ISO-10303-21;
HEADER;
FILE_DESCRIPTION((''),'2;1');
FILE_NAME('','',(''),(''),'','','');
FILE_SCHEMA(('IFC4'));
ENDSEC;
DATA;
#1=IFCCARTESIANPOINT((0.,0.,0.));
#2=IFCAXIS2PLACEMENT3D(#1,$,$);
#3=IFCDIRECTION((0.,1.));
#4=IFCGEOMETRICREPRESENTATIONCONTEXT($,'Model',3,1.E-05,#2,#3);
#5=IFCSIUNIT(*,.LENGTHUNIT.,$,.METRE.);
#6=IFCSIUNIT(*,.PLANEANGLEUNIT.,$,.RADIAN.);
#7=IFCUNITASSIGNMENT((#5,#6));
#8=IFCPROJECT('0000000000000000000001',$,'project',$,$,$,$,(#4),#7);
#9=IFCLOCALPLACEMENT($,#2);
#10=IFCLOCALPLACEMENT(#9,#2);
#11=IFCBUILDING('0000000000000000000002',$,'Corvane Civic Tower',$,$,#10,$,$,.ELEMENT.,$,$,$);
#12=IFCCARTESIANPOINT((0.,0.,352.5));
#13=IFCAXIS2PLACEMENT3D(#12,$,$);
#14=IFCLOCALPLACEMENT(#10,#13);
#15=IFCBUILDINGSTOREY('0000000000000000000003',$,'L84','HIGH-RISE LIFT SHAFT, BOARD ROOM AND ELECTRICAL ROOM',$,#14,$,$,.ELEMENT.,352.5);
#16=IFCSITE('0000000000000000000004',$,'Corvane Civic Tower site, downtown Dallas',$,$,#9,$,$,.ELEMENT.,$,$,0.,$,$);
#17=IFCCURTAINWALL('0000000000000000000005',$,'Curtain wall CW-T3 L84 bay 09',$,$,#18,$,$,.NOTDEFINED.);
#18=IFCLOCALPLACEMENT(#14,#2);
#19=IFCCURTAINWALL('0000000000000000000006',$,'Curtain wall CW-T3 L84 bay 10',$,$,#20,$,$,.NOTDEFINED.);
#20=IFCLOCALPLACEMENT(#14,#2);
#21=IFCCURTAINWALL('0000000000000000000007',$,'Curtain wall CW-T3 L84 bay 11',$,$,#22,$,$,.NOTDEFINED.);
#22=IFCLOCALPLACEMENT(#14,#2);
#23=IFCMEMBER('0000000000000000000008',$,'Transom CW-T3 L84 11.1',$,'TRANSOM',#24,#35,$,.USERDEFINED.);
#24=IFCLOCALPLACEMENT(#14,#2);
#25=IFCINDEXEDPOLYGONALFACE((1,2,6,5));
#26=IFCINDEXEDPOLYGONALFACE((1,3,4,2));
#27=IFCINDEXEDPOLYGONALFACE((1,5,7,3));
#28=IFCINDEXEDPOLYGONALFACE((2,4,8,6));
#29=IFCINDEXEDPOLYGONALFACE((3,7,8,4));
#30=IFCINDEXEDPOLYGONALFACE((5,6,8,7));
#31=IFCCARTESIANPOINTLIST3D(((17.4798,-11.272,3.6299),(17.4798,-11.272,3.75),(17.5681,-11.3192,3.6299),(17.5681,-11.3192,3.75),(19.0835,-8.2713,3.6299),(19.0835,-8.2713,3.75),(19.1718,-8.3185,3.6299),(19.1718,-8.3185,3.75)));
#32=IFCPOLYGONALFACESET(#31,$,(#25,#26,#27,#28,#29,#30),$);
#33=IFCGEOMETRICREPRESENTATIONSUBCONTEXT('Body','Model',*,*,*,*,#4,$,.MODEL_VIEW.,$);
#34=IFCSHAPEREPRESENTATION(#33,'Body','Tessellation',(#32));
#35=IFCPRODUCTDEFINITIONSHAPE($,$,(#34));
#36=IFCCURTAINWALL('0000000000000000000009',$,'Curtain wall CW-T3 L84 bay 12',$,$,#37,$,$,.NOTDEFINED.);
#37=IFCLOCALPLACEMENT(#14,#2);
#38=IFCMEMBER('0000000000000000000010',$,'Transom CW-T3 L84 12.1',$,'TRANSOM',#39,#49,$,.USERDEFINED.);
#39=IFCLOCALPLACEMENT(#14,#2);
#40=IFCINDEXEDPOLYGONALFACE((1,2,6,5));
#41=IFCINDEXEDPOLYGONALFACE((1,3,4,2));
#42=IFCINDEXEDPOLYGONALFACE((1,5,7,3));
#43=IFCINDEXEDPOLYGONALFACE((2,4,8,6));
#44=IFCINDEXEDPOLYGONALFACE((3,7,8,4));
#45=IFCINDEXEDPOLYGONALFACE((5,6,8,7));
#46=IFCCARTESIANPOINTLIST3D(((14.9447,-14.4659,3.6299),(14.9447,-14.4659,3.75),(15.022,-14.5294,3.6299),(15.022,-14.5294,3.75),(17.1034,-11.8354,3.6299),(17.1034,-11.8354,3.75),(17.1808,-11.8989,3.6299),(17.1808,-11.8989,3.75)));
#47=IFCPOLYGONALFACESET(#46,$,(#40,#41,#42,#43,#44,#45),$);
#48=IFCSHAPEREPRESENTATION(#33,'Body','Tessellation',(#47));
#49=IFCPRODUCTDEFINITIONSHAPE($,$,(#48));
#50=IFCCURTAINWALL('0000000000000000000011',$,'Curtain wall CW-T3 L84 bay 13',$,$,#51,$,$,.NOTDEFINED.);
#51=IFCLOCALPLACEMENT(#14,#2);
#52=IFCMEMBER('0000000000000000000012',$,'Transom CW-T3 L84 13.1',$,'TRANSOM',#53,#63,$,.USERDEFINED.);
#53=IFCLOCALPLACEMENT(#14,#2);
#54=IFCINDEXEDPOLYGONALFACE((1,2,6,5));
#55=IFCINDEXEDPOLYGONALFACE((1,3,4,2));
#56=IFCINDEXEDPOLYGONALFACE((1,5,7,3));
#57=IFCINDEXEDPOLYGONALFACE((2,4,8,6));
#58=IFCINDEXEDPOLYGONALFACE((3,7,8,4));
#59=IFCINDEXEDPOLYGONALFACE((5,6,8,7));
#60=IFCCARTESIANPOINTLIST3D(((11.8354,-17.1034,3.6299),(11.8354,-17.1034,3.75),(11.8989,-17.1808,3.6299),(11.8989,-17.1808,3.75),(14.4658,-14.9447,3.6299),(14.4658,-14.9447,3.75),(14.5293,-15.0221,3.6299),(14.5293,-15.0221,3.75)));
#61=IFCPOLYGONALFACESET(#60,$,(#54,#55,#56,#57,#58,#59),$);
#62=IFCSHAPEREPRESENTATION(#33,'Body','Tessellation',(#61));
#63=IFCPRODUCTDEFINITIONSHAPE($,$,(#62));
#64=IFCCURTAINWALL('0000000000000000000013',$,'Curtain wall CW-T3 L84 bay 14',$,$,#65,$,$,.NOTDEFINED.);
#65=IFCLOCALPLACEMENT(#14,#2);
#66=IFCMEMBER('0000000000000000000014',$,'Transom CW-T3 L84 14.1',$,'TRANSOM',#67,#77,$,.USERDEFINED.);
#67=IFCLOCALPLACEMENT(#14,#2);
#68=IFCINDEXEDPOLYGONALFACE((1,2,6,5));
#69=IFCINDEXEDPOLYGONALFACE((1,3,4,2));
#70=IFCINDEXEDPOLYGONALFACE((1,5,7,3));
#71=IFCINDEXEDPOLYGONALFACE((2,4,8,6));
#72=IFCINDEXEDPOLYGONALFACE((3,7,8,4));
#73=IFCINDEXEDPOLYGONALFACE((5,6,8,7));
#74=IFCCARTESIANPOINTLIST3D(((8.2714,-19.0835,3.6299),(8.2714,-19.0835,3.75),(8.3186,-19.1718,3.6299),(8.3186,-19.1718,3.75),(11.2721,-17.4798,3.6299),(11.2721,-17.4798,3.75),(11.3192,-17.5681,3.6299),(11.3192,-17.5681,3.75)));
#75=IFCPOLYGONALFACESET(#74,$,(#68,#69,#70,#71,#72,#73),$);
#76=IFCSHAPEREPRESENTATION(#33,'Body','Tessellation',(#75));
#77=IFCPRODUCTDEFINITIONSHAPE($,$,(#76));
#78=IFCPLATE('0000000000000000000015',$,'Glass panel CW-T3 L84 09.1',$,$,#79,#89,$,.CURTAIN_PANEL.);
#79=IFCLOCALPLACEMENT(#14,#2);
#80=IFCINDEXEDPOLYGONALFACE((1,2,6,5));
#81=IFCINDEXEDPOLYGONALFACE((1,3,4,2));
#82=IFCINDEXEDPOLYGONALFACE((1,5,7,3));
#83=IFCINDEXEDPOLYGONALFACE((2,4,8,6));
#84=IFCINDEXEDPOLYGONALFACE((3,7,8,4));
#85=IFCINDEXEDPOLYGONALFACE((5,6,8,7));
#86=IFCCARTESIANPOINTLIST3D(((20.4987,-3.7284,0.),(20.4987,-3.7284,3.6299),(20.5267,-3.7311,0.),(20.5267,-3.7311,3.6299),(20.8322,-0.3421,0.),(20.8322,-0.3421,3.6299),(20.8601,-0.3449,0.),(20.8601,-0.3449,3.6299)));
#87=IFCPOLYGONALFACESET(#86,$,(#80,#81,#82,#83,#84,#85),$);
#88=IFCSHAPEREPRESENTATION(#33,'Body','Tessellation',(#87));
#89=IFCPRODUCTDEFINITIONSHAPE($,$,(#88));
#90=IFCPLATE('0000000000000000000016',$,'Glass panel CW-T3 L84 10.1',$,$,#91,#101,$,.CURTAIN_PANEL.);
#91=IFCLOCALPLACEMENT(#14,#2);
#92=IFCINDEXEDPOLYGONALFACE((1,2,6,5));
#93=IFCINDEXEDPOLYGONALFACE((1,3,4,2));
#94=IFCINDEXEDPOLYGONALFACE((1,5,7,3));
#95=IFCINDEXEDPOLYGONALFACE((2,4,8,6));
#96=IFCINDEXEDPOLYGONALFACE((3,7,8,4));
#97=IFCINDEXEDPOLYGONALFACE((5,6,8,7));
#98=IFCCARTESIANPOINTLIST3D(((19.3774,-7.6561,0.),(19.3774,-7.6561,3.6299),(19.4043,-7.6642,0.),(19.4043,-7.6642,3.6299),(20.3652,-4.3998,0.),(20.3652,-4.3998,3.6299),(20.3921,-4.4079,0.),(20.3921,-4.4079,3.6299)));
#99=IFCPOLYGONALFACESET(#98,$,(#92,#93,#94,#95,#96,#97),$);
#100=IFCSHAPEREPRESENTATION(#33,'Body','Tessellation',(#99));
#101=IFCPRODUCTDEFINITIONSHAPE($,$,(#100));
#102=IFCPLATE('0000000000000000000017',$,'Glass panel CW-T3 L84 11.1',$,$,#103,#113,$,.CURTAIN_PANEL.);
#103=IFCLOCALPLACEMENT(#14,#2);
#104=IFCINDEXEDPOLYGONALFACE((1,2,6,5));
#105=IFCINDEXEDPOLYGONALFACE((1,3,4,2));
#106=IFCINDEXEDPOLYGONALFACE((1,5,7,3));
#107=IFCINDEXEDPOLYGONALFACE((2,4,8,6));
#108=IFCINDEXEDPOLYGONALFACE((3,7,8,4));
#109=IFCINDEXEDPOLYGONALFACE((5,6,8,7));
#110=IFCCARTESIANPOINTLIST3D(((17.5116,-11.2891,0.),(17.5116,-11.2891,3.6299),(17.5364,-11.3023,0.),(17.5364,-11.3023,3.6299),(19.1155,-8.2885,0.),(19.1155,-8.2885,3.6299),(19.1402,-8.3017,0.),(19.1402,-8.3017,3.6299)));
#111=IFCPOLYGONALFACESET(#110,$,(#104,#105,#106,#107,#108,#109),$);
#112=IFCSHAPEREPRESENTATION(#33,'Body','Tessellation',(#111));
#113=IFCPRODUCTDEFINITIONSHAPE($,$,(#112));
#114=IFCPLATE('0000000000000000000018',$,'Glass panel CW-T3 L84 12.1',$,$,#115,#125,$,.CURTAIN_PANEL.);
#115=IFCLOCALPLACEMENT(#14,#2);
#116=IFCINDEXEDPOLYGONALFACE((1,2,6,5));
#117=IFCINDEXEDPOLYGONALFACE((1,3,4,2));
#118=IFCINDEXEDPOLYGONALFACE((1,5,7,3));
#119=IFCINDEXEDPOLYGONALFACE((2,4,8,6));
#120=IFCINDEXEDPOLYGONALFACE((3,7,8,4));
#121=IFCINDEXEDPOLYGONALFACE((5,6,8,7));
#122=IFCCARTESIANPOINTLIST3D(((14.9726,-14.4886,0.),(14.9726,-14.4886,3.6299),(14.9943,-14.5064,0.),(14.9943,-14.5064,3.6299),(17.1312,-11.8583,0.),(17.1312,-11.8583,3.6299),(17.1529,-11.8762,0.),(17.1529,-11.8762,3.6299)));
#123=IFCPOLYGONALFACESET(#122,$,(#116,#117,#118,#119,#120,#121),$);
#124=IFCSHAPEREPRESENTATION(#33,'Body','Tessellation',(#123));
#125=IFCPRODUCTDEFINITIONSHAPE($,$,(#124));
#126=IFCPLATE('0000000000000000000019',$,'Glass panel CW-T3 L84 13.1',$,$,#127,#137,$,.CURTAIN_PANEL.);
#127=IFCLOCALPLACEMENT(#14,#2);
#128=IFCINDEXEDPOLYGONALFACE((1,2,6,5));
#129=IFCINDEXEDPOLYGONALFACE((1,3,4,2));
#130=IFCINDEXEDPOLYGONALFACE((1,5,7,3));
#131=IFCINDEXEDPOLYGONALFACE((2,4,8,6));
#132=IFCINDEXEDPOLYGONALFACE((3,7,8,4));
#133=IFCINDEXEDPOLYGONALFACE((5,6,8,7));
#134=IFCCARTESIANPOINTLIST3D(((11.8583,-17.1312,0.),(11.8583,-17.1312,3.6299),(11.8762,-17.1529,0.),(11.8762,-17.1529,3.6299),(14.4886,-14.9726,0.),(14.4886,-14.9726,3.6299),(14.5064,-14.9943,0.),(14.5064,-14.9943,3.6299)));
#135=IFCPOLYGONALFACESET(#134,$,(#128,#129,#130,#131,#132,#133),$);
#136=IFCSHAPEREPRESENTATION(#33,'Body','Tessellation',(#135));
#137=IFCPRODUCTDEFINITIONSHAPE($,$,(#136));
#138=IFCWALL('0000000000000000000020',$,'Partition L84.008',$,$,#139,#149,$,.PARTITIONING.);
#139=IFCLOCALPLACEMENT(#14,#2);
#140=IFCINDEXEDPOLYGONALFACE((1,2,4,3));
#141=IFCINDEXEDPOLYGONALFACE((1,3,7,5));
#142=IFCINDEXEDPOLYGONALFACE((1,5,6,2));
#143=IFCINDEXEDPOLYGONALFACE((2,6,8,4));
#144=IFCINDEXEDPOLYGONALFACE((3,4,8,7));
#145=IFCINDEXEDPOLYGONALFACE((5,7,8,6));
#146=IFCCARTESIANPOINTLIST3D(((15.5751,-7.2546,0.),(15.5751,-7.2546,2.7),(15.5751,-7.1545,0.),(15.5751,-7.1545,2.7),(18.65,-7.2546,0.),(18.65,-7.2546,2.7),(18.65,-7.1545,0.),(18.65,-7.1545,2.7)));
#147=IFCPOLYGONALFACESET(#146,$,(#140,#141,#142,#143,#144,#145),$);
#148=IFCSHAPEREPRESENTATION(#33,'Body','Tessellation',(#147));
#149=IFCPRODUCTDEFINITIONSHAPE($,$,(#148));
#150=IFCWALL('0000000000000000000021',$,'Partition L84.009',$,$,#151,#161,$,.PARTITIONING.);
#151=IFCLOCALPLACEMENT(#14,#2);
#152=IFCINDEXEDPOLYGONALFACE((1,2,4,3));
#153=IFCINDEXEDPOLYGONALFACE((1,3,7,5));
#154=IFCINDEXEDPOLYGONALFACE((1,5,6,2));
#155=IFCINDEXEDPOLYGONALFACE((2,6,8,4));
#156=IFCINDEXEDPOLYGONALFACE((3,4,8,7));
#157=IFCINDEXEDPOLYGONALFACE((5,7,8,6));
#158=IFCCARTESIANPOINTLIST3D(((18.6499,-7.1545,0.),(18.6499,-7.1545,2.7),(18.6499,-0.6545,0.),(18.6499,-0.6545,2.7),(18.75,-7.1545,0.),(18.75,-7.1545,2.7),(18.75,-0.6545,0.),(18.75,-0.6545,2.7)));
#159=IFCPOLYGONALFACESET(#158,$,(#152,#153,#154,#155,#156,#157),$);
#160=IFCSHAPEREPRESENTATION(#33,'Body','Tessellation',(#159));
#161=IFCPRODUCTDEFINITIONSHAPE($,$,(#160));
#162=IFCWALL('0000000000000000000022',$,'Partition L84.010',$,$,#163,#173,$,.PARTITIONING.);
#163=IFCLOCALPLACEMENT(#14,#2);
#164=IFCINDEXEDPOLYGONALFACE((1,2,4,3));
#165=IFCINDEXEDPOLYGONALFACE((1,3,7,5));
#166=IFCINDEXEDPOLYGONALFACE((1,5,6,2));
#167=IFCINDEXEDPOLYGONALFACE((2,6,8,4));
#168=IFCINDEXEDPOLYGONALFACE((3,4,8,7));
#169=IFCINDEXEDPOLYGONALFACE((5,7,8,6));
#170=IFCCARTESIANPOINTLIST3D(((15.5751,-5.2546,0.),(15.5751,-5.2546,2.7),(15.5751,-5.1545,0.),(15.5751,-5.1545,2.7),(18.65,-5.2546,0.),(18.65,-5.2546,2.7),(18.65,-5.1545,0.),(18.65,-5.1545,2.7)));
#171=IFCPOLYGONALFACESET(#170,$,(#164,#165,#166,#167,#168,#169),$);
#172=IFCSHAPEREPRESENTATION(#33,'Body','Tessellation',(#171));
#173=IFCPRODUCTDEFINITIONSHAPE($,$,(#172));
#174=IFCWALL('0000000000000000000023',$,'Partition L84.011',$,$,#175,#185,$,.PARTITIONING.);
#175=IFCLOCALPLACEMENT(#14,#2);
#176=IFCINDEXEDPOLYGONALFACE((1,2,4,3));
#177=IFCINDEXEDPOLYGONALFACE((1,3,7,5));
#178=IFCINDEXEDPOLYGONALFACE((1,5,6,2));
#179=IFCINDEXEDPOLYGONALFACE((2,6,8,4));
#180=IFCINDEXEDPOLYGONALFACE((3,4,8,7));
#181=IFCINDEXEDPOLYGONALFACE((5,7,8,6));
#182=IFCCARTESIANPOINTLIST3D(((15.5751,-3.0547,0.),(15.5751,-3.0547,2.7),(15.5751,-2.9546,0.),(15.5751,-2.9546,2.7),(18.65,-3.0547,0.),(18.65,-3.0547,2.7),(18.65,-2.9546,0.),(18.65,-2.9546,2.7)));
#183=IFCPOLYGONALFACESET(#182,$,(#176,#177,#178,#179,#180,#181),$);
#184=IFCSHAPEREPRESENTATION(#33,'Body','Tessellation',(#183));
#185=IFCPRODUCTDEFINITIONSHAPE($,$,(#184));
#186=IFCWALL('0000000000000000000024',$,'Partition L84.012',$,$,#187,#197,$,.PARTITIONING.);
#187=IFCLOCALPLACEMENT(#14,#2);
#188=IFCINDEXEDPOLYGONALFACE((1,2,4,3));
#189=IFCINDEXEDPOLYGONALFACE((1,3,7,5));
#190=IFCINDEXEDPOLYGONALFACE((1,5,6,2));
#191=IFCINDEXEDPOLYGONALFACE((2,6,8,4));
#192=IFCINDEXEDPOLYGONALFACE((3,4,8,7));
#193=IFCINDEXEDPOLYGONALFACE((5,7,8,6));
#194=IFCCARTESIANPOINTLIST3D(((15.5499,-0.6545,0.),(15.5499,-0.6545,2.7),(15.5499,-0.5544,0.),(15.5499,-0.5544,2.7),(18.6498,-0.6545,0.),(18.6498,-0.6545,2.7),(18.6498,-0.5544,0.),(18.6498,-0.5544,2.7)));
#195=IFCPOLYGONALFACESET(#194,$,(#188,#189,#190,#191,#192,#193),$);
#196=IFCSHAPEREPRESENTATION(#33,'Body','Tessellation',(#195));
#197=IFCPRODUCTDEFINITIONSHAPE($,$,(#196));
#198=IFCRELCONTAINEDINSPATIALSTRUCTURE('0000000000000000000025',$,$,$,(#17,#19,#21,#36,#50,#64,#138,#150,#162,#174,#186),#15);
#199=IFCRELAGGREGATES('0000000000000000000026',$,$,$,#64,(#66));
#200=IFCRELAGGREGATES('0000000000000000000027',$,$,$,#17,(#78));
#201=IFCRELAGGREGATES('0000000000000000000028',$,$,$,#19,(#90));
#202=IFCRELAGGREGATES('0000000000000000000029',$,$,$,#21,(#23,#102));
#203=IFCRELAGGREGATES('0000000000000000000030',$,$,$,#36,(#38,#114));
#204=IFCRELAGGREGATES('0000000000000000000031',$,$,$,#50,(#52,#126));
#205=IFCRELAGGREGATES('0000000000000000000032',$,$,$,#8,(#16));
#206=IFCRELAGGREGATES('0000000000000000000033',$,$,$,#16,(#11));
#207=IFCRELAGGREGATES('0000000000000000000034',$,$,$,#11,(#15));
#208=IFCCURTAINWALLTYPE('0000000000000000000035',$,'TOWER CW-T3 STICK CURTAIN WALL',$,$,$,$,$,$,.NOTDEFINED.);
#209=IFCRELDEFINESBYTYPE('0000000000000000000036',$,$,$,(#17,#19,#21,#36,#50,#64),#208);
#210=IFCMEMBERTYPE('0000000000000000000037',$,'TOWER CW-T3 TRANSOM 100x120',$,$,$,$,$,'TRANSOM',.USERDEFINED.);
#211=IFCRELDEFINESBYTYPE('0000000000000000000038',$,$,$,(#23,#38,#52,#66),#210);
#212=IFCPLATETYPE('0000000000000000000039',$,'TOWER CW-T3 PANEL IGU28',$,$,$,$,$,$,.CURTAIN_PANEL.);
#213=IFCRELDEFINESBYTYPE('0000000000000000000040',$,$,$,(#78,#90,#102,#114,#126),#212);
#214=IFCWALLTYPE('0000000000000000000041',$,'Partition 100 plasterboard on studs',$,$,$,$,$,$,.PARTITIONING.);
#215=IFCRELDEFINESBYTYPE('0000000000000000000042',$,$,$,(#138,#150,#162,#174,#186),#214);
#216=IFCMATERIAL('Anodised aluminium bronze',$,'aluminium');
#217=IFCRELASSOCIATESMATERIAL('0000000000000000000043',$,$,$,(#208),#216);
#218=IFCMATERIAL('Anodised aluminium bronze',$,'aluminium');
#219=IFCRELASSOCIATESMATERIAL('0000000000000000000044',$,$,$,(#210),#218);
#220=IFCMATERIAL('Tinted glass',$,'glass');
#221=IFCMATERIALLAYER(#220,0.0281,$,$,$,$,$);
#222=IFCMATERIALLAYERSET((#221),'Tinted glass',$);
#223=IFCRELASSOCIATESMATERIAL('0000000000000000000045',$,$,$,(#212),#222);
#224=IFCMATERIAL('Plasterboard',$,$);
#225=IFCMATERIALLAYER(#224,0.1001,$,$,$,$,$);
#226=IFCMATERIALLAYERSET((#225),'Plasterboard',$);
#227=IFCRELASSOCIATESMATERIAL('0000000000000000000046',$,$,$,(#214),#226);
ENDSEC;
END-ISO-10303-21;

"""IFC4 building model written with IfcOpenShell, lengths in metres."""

from ifc_helpers import new_model, si_unit, direction, frame, frame_2d, origin, origin_2d, place, context, subcontext, project, spatial, rectangle, extrude, material, layer, layer_set, material_profile, profile_set, type_object, element, aggregate, save


model = new_model("IFC4")

# Units and contexts
model_context = context("Model", 3, precision=1e-05, world=origin(), true_north=direction((0.0, 1.0)))
body_context = subcontext(model_context, "Body", "Model", "MODEL_VIEW")
ifc_project = project(units=[si_unit("LENGTHUNIT", "METRE"), si_unit("PLANEANGLEUNIT", "RADIAN")], contexts=[model_context])

# Site, building, storey
site_placement = place(None, origin())
site = spatial("IfcSite", under=ifc_project, at=site_placement, Name="Corvane Civic Tower site, downtown Dallas", CompositionType="ELEMENT", RefElevation=0.0)
building_placement = place(site_placement, origin())
building = spatial("IfcBuilding", under=site, at=building_placement, Name="Corvane Civic Tower", CompositionType="ELEMENT")
storey_placement = place(building_placement, frame((0.0, 0.0, 352.5)))
storey = spatial("IfcBuildingStorey", under=building, at=storey_placement, Name="L84", Description="HIGH-RISE LIFT SHAFT, BOARD ROOM AND ELECTRICAL ROOM", CompositionType="ELEMENT", Elevation=352.5)

# Curtain walls, members
ifc_material_1 = material(Name="Anodised aluminium bronze", Category="aluminium")
curtain_wall_type = type_object("IfcCurtainWallType", Name="TOWER CW-T3 STICK CURTAIN WALL", PredefinedType="NOTDEFINED", material=ifc_material_1)
curtain_wall_1_placement = place(storey_placement, origin())
curtain_wall_1 = element("IfcCurtainWall", 1, at=curtain_wall_1_placement, inside=storey, type_object=curtain_wall_type, Name="Curtain wall CW-T3 L84 bay 09", PredefinedType="NOTDEFINED")
ifc_material_2 = material(Name="Anodised aluminium bronze", Category="aluminium")
ifc_material_profile_1 = material_profile(ifc_material_2, rectangle(XDim=0.1001, YDim=0.1201, at=origin_2d()), Name="TOWER CW-T3 TRANSOM 100x120")
ifc_profile_set_1 = profile_set([ifc_material_profile_1], Name="Anodised aluminium bronze")
member_type = type_object("IfcMemberType", Name="TOWER CW-T3 TRANSOM 100x120", ElementType="TRANSOM", PredefinedType="USERDEFINED", material=ifc_profile_set_1)
curtain_wall_2_placement = place(storey_placement, origin())
curtain_wall_2 = element("IfcCurtainWall", 2, at=curtain_wall_2_placement, inside=storey, type_object=curtain_wall_type, Name="Curtain wall CW-T3 L84 bay 10", PredefinedType="NOTDEFINED")
curtain_wall_3_placement = place(storey_placement, origin())
curtain_wall_3 = element("IfcCurtainWall", 3, at=curtain_wall_3_placement, inside=storey, type_object=curtain_wall_type, Name="Curtain wall CW-T3 L84 bay 11", PredefinedType="NOTDEFINED")
member_1_placement = place(storey_placement, frame((19.1277, -8.2949, 3.6899), z_axis=(-0.471359, -0.881941, 0.0), x_axis=(0.881941, -0.471359, 0.0)))
member_1 = element("IfcMember", 4, at=member_1_placement, type_object=member_type, Name="Transom CW-T3 L84 11.1", ObjectType="TRANSOM", PredefinedType="USERDEFINED", context=body_context, shape_type="SweptSolid", body=[
    extrude(rectangle(XDim=0.1001, YDim=0.1201, at=origin_2d()), origin(), (0.0, 0.0, 1.0), 3.4023),
])
curtain_wall_4_placement = place(storey_placement, origin())
curtain_wall_4 = element("IfcCurtainWall", 5, at=curtain_wall_4_placement, inside=storey, type_object=curtain_wall_type, Name="Curtain wall CW-T3 L84 bay 12", PredefinedType="NOTDEFINED")
member_2_placement = place(storey_placement, frame((17.1421, -11.8672, 3.6899), z_axis=(-0.634394, -0.77301, 0.0), x_axis=(0.77301, -0.634394, 0.0)))
member_2 = element("IfcMember", 6, at=member_2_placement, type_object=member_type, Name="Transom CW-T3 L84 12.1", ObjectType="TRANSOM", PredefinedType="USERDEFINED", context=body_context, shape_type="SweptSolid", body=[
    extrude(rectangle(XDim=0.1001, YDim=0.1201, at=origin_2d()), origin(), (0.0, 0.0, 1.0), 3.4028),
])
curtain_wall_5_placement = place(storey_placement, origin())
curtain_wall_5 = element("IfcCurtainWall", 7, at=curtain_wall_5_placement, inside=storey, type_object=curtain_wall_type, Name="Curtain wall CW-T3 L84 bay 13", PredefinedType="NOTDEFINED")
member_3_placement = place(storey_placement, frame((14.4976, -14.9834, 3.6899), z_axis=(-0.77301, -0.634394, 0.0), x_axis=(0.634394, -0.77301, 0.0)))
member_3 = element("IfcMember", 8, at=member_3_placement, type_object=member_type, Name="Transom CW-T3 L84 13.1", ObjectType="TRANSOM", PredefinedType="USERDEFINED", context=body_context, shape_type="SweptSolid", body=[
    extrude(rectangle(XDim=0.1001, YDim=0.1201, at=origin_2d()), origin(), (0.0, 0.0, 1.0), 3.4028),
])
curtain_wall_6_placement = place(storey_placement, origin())
curtain_wall_6 = element("IfcCurtainWall", 9, at=curtain_wall_6_placement, inside=storey, type_object=curtain_wall_type, Name="Curtain wall CW-T3 L84 bay 14", PredefinedType="NOTDEFINED")
member_4_placement = place(storey_placement, frame((11.2957, -17.5239, 3.6899), z_axis=(-0.881941, -0.471359, 0.0), x_axis=(0.471359, -0.881941, 0.0)))
member_4 = element("IfcMember", 10, at=member_4_placement, type_object=member_type, Name="Transom CW-T3 L84 14.1", ObjectType="TRANSOM", PredefinedType="USERDEFINED", context=body_context, shape_type="SweptSolid", body=[
    extrude(rectangle(XDim=0.1001, YDim=0.1201, at=origin_2d()), origin(), (0.0, 0.0, 1.0), 3.4023),
])
aggregate(curtain_wall_6, [member_4])

# Plates
ifc_material_3 = material(Name="Tinted glass", Category="glass")
ifc_layer_1 = layer(ifc_material_3, 0.0281)
ifc_layer_set_1 = layer_set([ifc_layer_1], Name="Tinted glass")
plate_type = type_object("IfcPlateType", Name="TOWER CW-T3 PANEL IGU28", PredefinedType="CURTAIN_PANEL", material=ifc_layer_set_1)
plate_1_placement = place(storey_placement, frame((20.6794, -2.0366, 0.0), z_axis=(0.0, 0.0, 1.0), x_axis=(-0.097998, -0.995187, 0.0)))
plate_1 = element("IfcPlate", 11, at=plate_1_placement, type_object=plate_type, Name="Glass panel CW-T3 L84 09.1", PredefinedType="CURTAIN_PANEL", context=body_context, shape_type="SweptSolid", body=[
    extrude(rectangle(XDim=3.4026, YDim=0.0281, at=origin_2d()), origin(), (0.0, 0.0, 1.0), 3.6299),
])
aggregate(curtain_wall_1, [plate_1])
plate_2_placement = place(storey_placement, frame((19.8848, -6.032, 0.0), z_axis=(0.0, 0.0, 1.0), x_axis=(-0.29029, -0.956939, 0.0)))
plate_2 = element("IfcPlate", 12, at=plate_2_placement, type_object=plate_type, Name="Glass panel CW-T3 L84 10.1", PredefinedType="CURTAIN_PANEL", context=body_context, shape_type="SweptSolid", body=[
    extrude(rectangle(XDim=3.4028, YDim=0.0281, at=origin_2d()), origin(), (0.0, 0.0, 1.0), 3.6299),
])
aggregate(curtain_wall_2, [plate_2])
plate_3_placement = place(storey_placement, frame((18.3259, -9.7954, 0.0), z_axis=(0.0, 0.0, 1.0), x_axis=(-0.471384, -0.881928, 0.0)))
plate_3 = element("IfcPlate", 13, at=plate_3_placement, type_object=plate_type, Name="Glass panel CW-T3 L84 11.1", PredefinedType="CURTAIN_PANEL", context=body_context, shape_type="SweptSolid", body=[
    extrude(rectangle(XDim=3.4023, YDim=0.0281, at=origin_2d()), origin(), (0.0, 0.0, 1.0), 3.6299),
])
aggregate(curtain_wall_3, [member_1, plate_3])
plate_4_placement = place(storey_placement, frame((16.0627, -13.1824, 0.0), z_axis=(0.0, 0.0, 1.0), x_axis=(-0.634393, -0.77301, 0.0)))
plate_4 = element("IfcPlate", 14, at=plate_4_placement, type_object=plate_type, Name="Glass panel CW-T3 L84 12.1", PredefinedType="CURTAIN_PANEL", context=body_context, shape_type="SweptSolid", body=[
    extrude(rectangle(XDim=3.4026, YDim=0.0281, at=origin_2d()), origin(), (0.0, 0.0, 1.0), 3.6299),
])
aggregate(curtain_wall_4, [member_2, plate_4])
plate_5_placement = place(storey_placement, frame((13.1824, -16.0627, 0.0), z_axis=(0.0, 0.0, 1.0), x_axis=(-0.77301, -0.634393, 0.0)))
plate_5 = element("IfcPlate", 15, at=plate_5_placement, type_object=plate_type, Name="Glass panel CW-T3 L84 13.1", PredefinedType="CURTAIN_PANEL", context=body_context, shape_type="SweptSolid", body=[
    extrude(rectangle(XDim=3.4026, YDim=0.0281, at=origin_2d()), origin(), (0.0, 0.0, 1.0), 3.6299),
])
aggregate(curtain_wall_5, [member_3, plate_5])

# Walls
ifc_material_4 = material(Name="Plasterboard")
ifc_layer_2 = layer(ifc_material_4, 0.1001)
ifc_layer_set_2 = layer_set([ifc_layer_2], Name="Plasterboard")
wall_type_1 = type_object("IfcWallType", Name="Partition 100 plasterboard on studs", PredefinedType="PARTITIONING", material=ifc_layer_set_2)
wall_1_placement = place(storey_placement, frame((15.575, -7.2046, 0.0), z_axis=(0.0, 0.0, 1.0), x_axis=(1.0, 0.0, 0.0)))
element("IfcWall", 16, at=wall_1_placement, inside=storey, type_object=wall_type_1, Name="Partition L84.008", PredefinedType="PARTITIONING", context=body_context, shape_type="SweptSolid", body=[
    extrude(rectangle(XDim=3.075, YDim=0.1001, at=frame_2d((1.5376, 0.0))), origin(), (0.0, 0.0, 1.0), 2.7),
])
wall_2_placement = place(storey_placement, frame((18.7, -7.1545, 0.0), z_axis=(0.0, 0.0, 1.0), x_axis=(0.0, 1.0, 0.0)))
element("IfcWall", 17, at=wall_2_placement, inside=storey, type_object=wall_type_1, Name="Partition L84.009", PredefinedType="PARTITIONING", context=body_context, shape_type="SweptSolid", body=[
    extrude(rectangle(XDim=6.5, YDim=0.1001, at=frame_2d((3.25, 0.0))), origin(), (0.0, 0.0, 1.0), 2.7),
])
for number, where, z_axis, x_axis, name in (
    (18, (15.575, -5.2046, 0.0), (0.0, 0.0, 1.0), (1.0, 0.0, 0.0), "Partition L84.010"),
    (19, (15.575, -3.0046, 0.0), (0.0, 0.0, 1.0), (1.0, 0.0, 0.0), "Partition L84.011"),
):
    element("IfcWall", number, at=place(storey_placement, frame(where, z_axis=z_axis, x_axis=x_axis)), inside=storey, type_object=wall_type_1, Name=name, PredefinedType="PARTITIONING", context=body_context, shape_type="SweptSolid", body=[
        extrude(rectangle(XDim=3.075, YDim=0.1001, at=frame_2d((1.5376, 0.0))), origin(), (0.0, 0.0, 1.0), 2.7),
    ])
wall_3_placement = place(storey_placement, frame((15.55, -0.6045, 0.0), z_axis=(0.0, 0.0, 1.0), x_axis=(1.0, 0.0, 0.0)))
element("IfcWall", 20, at=wall_3_placement, inside=storey, type_object=wall_type_1, Name="Partition L84.012", PredefinedType="PARTITIONING", context=body_context, shape_type="SweptSolid", body=[
    extrude(rectangle(XDim=3.0999, YDim=0.1001, at=frame_2d((1.5498, 0.0))), origin(), (0.0, 0.0, 1.0), 2.7),
])

save(model, "model.ifc")
